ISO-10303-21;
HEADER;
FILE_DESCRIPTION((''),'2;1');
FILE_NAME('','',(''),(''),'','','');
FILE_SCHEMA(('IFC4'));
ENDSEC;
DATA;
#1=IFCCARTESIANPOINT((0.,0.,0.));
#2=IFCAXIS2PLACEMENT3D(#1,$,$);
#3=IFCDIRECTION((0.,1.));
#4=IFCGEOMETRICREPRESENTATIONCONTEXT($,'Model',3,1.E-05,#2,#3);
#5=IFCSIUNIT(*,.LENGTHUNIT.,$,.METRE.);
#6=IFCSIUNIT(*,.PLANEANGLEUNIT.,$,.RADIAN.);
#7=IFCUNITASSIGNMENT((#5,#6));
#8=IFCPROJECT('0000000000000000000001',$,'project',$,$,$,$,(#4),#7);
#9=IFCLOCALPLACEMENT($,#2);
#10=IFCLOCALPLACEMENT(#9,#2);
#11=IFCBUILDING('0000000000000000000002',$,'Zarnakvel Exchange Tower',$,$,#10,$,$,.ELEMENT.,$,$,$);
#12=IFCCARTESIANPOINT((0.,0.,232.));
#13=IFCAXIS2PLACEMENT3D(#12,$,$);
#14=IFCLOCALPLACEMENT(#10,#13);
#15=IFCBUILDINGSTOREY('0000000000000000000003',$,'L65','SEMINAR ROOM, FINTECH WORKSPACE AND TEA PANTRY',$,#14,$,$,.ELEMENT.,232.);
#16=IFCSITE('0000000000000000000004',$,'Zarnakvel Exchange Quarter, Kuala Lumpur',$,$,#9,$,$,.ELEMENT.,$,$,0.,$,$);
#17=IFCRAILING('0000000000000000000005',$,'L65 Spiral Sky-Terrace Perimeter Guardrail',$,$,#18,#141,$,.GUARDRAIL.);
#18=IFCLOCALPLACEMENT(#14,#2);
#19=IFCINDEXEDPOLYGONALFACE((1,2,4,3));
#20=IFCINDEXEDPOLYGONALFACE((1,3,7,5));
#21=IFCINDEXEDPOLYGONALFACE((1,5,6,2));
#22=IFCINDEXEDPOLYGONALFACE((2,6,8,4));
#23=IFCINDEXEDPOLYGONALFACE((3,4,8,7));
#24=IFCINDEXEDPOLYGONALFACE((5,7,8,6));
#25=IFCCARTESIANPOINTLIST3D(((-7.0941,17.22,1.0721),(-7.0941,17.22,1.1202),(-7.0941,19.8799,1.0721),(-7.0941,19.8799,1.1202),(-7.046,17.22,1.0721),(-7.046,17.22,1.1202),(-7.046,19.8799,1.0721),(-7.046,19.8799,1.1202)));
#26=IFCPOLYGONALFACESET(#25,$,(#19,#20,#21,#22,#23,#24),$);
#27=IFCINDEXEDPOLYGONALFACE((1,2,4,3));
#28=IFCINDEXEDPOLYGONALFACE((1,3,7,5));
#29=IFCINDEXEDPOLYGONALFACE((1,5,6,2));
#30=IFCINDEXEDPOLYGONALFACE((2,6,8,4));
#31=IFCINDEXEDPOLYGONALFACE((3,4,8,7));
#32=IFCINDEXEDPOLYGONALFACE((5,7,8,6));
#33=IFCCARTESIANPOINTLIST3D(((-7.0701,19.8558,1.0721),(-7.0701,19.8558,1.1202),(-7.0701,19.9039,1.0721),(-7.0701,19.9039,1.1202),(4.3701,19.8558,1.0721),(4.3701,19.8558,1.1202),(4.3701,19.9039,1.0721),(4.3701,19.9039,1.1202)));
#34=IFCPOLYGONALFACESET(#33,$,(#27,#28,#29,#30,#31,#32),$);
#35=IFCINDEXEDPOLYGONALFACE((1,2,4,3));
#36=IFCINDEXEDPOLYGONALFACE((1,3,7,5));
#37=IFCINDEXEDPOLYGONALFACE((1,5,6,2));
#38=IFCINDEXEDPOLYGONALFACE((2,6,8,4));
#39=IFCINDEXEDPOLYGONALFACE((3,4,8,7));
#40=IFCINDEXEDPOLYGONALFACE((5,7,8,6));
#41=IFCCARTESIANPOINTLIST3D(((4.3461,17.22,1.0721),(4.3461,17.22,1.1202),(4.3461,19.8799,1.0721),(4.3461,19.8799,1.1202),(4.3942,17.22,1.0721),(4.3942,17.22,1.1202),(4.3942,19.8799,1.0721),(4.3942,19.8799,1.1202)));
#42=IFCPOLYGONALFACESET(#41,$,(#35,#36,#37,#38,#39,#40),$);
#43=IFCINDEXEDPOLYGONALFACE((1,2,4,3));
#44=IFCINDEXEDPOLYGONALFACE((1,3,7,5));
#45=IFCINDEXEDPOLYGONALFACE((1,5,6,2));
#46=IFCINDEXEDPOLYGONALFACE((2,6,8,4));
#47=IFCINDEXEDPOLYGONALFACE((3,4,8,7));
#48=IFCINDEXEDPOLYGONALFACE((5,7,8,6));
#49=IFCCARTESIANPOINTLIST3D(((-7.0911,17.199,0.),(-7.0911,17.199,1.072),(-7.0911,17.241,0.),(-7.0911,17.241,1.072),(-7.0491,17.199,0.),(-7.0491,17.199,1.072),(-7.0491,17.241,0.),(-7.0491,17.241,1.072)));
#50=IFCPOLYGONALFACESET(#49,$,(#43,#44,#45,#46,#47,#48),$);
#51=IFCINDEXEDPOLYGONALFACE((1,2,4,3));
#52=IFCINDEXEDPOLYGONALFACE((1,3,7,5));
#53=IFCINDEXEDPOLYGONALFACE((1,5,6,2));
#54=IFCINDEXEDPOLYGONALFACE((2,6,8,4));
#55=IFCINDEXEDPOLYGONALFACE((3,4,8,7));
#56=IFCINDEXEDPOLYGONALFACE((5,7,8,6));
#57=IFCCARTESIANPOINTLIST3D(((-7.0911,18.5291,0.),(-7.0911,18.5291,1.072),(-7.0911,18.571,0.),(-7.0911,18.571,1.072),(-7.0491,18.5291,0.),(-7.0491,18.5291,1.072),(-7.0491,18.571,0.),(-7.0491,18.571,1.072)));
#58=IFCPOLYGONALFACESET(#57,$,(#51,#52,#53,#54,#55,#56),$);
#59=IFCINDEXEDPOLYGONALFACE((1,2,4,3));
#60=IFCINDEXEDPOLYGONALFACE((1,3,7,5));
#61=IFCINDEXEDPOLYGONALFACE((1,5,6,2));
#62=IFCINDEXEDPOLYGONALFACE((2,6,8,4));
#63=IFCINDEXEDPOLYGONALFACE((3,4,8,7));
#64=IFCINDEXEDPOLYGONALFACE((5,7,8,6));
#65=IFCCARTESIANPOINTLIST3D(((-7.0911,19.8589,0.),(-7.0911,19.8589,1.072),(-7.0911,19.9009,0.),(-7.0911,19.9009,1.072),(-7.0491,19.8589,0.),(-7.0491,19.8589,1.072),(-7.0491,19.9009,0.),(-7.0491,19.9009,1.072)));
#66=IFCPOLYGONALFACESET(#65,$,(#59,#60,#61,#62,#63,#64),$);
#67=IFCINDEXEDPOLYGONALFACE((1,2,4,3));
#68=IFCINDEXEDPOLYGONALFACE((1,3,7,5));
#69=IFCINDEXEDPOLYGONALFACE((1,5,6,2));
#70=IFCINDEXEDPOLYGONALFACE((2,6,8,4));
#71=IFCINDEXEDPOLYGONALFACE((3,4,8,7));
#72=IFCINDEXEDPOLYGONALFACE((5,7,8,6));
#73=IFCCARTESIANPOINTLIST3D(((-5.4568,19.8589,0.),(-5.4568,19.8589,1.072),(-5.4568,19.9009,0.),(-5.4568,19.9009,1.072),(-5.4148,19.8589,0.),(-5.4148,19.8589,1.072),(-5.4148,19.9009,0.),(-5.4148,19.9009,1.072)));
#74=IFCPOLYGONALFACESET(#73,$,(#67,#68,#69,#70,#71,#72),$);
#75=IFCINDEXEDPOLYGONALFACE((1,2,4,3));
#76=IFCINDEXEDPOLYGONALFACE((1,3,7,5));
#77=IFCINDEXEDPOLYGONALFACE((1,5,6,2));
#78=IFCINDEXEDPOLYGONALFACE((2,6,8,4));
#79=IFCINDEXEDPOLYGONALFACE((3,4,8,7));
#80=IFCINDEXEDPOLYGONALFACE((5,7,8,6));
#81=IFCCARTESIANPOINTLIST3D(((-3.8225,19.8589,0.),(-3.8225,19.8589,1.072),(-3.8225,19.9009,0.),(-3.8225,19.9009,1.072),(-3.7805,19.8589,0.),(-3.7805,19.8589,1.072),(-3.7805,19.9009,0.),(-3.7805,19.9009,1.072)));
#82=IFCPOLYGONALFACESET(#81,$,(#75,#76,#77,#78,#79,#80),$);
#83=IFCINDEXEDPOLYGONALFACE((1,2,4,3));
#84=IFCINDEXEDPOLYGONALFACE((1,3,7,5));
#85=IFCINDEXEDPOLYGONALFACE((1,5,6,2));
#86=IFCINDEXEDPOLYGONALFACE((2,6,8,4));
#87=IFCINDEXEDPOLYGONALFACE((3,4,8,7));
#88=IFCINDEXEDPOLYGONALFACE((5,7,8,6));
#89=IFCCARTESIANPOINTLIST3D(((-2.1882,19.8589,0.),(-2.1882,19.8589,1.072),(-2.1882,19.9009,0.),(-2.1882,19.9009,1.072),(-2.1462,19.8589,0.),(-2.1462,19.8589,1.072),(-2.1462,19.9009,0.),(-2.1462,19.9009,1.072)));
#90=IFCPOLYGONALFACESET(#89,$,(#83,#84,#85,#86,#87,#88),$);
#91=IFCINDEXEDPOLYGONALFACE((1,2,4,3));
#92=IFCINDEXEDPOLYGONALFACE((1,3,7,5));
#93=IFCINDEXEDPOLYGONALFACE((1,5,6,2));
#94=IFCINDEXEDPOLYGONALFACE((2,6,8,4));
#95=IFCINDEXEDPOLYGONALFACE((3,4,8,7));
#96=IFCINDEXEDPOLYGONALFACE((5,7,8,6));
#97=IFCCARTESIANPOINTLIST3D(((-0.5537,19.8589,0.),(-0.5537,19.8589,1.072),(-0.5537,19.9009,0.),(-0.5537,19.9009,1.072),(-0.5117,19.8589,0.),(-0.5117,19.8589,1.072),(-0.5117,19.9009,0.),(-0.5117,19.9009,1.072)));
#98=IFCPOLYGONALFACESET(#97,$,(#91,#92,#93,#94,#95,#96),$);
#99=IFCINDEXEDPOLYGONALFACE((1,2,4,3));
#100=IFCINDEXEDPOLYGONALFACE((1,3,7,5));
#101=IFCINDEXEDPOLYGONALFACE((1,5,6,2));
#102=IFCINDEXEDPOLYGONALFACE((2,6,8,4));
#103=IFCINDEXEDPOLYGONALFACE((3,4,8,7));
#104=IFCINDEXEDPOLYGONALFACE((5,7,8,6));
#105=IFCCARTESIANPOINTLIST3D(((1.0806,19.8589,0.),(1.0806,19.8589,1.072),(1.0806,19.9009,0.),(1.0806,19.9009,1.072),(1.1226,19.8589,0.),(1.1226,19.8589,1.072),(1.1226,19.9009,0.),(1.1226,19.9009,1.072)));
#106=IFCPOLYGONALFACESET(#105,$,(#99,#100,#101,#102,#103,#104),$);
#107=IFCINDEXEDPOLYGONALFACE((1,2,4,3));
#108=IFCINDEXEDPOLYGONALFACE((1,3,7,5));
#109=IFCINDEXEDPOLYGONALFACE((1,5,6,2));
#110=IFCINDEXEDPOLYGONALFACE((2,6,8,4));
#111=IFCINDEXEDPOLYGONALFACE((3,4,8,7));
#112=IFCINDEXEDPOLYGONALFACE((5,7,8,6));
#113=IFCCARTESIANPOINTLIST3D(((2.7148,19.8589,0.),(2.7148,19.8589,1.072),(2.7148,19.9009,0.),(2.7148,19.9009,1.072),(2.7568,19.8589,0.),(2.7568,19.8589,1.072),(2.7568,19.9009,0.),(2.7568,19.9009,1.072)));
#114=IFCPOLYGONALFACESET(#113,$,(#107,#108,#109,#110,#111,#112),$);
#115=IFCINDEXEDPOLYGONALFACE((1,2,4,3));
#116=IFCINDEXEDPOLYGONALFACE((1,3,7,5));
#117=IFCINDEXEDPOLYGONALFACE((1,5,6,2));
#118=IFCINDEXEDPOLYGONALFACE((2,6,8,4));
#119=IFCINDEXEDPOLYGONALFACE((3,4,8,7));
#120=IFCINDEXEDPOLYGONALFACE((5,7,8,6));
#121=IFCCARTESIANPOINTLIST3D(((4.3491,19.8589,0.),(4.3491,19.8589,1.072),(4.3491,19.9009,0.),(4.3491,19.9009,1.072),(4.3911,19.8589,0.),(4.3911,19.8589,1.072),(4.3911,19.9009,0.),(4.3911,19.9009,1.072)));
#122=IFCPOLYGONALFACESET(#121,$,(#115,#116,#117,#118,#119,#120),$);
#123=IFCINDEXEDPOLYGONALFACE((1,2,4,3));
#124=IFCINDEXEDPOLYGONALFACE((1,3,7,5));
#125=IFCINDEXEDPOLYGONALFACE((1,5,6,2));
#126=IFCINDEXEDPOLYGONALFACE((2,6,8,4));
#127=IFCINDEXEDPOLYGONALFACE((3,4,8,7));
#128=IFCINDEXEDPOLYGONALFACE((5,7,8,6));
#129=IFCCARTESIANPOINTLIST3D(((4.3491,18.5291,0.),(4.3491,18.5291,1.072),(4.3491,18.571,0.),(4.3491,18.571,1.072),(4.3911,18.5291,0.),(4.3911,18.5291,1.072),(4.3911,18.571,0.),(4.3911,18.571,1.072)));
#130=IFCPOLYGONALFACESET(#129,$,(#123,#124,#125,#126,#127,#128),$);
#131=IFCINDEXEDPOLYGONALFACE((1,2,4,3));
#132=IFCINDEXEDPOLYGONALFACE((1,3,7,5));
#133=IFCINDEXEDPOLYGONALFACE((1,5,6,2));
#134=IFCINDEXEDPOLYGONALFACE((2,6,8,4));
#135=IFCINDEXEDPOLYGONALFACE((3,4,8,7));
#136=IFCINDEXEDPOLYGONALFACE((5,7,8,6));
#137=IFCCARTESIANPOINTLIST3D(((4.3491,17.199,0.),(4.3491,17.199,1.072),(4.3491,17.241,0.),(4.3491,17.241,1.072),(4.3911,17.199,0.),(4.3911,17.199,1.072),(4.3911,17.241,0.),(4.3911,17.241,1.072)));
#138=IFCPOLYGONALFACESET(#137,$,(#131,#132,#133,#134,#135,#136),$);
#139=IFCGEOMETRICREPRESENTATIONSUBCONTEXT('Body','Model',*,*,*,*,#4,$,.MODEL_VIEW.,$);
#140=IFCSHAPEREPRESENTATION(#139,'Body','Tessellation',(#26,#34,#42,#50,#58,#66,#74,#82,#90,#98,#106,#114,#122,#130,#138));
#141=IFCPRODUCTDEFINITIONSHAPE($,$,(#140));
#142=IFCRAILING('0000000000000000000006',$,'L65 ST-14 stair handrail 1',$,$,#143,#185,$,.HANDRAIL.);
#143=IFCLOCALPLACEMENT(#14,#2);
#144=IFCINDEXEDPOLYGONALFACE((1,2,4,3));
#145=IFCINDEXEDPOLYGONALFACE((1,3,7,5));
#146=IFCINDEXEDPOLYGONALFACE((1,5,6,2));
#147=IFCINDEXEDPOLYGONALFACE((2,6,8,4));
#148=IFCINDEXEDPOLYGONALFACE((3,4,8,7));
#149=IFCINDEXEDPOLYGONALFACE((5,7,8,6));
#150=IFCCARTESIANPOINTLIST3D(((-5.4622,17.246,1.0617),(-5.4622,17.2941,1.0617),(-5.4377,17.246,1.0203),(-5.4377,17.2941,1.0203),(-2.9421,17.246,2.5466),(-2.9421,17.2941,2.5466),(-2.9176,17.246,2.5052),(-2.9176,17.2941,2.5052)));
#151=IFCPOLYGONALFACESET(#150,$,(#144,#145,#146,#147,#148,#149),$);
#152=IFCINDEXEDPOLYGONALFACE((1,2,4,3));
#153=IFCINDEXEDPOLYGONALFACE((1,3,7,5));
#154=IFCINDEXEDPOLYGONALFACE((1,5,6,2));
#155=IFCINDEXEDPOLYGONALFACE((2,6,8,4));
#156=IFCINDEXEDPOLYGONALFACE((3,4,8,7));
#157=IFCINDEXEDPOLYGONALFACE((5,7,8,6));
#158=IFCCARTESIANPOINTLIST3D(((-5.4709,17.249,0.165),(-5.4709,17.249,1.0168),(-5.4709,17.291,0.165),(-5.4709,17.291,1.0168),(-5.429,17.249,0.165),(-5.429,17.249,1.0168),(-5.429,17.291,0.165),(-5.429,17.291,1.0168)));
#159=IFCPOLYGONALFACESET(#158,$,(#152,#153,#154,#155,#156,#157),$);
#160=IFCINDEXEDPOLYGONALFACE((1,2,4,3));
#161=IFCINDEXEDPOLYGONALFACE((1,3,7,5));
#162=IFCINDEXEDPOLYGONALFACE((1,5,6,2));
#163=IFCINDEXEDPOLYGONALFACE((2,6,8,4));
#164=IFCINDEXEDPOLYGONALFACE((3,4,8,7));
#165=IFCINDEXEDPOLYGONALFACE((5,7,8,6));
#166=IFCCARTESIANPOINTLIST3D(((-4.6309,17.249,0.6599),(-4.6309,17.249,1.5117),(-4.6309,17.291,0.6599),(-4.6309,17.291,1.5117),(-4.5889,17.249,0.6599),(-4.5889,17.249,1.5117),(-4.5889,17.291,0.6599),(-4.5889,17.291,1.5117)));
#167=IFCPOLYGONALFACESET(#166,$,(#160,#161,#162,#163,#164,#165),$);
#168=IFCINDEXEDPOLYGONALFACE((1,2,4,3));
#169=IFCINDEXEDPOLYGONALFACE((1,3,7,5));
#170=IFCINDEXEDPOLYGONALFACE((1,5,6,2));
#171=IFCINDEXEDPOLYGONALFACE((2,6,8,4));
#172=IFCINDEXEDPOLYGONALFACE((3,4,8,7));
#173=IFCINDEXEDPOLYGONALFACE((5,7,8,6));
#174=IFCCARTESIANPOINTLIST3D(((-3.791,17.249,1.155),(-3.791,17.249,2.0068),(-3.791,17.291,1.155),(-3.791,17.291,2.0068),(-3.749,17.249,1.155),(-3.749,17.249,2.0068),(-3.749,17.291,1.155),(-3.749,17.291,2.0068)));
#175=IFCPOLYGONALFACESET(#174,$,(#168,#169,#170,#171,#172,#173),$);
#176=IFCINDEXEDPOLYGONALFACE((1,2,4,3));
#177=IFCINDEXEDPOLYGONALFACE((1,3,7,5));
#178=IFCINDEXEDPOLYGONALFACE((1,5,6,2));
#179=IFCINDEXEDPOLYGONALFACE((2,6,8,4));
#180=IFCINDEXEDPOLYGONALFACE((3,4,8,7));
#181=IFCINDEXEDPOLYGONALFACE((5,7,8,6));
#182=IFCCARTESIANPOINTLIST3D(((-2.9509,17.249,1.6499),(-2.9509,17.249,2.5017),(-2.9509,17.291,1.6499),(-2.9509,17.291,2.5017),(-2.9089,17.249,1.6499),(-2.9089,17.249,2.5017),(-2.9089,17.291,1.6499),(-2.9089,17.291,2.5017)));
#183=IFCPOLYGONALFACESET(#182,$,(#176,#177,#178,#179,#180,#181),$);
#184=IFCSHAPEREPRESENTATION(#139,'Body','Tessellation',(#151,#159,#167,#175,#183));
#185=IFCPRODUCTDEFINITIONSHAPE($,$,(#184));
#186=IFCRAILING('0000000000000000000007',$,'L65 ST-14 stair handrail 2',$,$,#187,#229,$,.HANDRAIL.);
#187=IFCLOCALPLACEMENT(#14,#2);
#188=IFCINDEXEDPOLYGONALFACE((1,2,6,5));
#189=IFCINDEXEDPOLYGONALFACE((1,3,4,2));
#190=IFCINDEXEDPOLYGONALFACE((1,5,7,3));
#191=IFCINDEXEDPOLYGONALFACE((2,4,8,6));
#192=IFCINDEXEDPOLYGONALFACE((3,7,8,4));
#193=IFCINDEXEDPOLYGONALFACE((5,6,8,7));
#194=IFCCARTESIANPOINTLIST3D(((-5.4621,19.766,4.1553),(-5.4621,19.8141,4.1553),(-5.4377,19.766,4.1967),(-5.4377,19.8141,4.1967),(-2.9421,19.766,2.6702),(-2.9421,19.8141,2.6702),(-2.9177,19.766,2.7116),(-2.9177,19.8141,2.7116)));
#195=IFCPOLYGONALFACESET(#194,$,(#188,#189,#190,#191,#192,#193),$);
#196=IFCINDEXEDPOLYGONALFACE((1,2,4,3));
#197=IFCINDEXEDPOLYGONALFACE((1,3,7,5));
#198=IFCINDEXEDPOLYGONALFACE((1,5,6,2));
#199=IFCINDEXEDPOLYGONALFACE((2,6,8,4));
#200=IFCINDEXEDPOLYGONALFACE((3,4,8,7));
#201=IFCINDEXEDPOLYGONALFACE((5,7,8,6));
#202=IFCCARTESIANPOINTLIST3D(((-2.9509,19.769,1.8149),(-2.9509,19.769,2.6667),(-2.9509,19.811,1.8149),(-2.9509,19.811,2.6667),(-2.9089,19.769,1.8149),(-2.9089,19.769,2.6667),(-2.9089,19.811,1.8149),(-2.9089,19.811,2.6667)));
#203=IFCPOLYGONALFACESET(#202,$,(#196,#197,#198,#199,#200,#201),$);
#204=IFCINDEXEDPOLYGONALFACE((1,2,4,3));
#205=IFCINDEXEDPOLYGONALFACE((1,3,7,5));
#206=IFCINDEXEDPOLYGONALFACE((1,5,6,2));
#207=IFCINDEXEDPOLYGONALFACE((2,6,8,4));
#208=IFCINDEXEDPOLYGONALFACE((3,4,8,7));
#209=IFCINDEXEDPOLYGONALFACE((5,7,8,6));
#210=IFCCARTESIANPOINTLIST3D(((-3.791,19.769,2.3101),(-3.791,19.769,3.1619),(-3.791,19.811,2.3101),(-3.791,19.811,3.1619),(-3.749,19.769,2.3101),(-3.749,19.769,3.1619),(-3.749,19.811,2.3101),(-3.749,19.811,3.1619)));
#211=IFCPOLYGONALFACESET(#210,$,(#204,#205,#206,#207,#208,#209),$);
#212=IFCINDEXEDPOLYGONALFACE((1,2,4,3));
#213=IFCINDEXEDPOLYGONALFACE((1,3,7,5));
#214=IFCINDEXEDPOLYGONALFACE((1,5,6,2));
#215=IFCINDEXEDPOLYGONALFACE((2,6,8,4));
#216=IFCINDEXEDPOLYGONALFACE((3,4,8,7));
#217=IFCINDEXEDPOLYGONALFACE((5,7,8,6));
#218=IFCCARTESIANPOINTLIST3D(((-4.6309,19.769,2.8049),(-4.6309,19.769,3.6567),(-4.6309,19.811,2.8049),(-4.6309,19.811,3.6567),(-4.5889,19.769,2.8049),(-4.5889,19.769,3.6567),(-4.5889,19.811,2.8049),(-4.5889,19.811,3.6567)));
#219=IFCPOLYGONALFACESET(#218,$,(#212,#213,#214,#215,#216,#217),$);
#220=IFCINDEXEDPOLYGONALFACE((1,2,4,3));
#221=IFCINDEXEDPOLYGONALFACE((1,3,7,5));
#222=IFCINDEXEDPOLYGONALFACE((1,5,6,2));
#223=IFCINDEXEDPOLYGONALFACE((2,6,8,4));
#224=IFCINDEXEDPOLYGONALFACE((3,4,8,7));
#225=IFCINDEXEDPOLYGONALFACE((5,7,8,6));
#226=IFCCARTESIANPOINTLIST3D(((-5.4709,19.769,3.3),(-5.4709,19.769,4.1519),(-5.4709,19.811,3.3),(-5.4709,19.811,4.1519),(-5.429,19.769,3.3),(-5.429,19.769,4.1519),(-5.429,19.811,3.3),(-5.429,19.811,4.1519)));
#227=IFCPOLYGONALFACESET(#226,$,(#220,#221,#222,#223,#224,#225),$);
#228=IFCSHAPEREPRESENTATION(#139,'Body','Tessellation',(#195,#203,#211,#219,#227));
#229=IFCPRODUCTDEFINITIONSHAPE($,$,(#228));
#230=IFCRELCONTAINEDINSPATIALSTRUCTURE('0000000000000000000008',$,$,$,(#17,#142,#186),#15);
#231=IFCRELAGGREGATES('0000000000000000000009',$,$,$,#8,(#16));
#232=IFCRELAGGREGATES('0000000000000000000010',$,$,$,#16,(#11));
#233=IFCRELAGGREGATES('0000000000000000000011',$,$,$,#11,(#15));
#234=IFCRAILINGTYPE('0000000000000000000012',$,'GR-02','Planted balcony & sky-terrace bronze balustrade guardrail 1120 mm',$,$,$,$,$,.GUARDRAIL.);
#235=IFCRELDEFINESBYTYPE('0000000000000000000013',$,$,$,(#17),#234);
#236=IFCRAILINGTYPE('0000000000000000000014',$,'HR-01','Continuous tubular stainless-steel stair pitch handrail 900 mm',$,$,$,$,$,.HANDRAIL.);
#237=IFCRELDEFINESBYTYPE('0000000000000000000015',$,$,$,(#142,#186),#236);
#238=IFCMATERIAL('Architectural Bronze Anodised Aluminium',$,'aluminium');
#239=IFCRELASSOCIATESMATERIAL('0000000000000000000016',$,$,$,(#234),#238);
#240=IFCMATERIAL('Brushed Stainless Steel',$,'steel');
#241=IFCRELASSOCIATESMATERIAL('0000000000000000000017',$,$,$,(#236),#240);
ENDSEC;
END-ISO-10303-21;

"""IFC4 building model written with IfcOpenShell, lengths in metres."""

from ifc_helpers import new_model, si_unit, direction, frame, origin, origin_2d, place, context, subcontext, project, spatial, rectangle, extrude, material, type_object, element, save


model = new_model("IFC4")

# Units and contexts
model_context = context("Model", 3, precision=1e-05, world=origin(), true_north=direction((0.0, 1.0)))
body_context = subcontext(model_context, "Body", "Model", "MODEL_VIEW")
ifc_project = project(units=[si_unit("LENGTHUNIT", "METRE"), si_unit("PLANEANGLEUNIT", "RADIAN")], contexts=[model_context])

# Site, building, storey
site_placement = place(None, origin())
site = spatial("IfcSite", under=ifc_project, at=site_placement, Name="Zarnakvel Exchange Quarter, Kuala Lumpur", CompositionType="ELEMENT", RefElevation=0.0)
building_placement = place(site_placement, origin())
building = spatial("IfcBuilding", under=site, at=building_placement, Name="Zarnakvel Exchange Tower", CompositionType="ELEMENT")
storey_placement = place(building_placement, frame((0.0, 0.0, 232.0)))
storey = spatial("IfcBuildingStorey", under=building, at=storey_placement, Name="L65", Description="SEMINAR ROOM, FINTECH WORKSPACE AND TEA PANTRY", CompositionType="ELEMENT", Elevation=232.0)

# Shared definitions
ifc_material_1 = material(Name="Architectural Bronze Anodised Aluminium", Category="aluminium")

# Railings
railing_type_1 = type_object("IfcRailingType", Name="GR-02", Description="Planted balcony & sky-terrace bronze balustrade guardrail 1120 mm", PredefinedType="GUARDRAIL", material=ifc_material_1)
railing_1_placement = place(storey_placement, frame((-7.0701, 17.22, 0.0)))
element("IfcRailing", 1, at=railing_1_placement, inside=storey, type_object=railing_type_1, Name="L65 Spiral Sky-Terrace Perimeter Guardrail", PredefinedType="GUARDRAIL", context=body_context, shape_type="SweptSolid", body=[
    extrude(rectangle(XDim=0.0481, YDim=0.0481, at=origin_2d()), frame((0.0, 0.0, 1.0962), z_axis=(0.0, 1.0, 0.0), x_axis=(-1.0, 0.0, 0.0)), (0.0, 0.0, 1.0), 2.6599),
    extrude(rectangle(XDim=0.0481, YDim=0.0481, at=origin_2d()), frame((0.0, 2.6599, 1.0962), z_axis=(1.0, 0.0, 0.0), x_axis=(0.0, 1.0, 0.0)), (0.0, 0.0, 1.0), 11.4402),
    extrude(rectangle(XDim=0.0481, YDim=0.0481, at=origin_2d()), frame((11.4402, 2.6599, 1.0962), z_axis=(0.0, -1.0, 0.0), x_axis=(1.0, 0.0, 0.0)), (0.0, 0.0, 1.0), 2.6599),
    extrude(rectangle(XDim=0.042, YDim=0.042, at=origin_2d()), origin(), (0.0, 0.0, 1.0), 1.072),
    extrude(rectangle(XDim=0.042, YDim=0.042, at=origin_2d()), frame((0.0, 1.3301, 0.0)), (0.0, 0.0, 1.0), 1.072),
    extrude(rectangle(XDim=0.042, YDim=0.042, at=origin_2d()), frame((0.0, 2.6599, 0.0)), (0.0, 0.0, 1.0), 1.072),
    extrude(rectangle(XDim=0.042, YDim=0.042, at=origin_2d()), frame((1.6343, 2.6599, 0.0)), (0.0, 0.0, 1.0), 1.072),
    extrude(rectangle(XDim=0.042, YDim=0.042, at=origin_2d()), frame((3.2686, 2.6599, 0.0)), (0.0, 0.0, 1.0), 1.072),
    extrude(rectangle(XDim=0.042, YDim=0.042, at=origin_2d()), frame((4.9028, 2.6599, 0.0)), (0.0, 0.0, 1.0), 1.072),
    extrude(rectangle(XDim=0.042, YDim=0.042, at=origin_2d()), frame((6.5374, 2.6599, 0.0)), (0.0, 0.0, 1.0), 1.072),
    extrude(rectangle(XDim=0.042, YDim=0.042, at=origin_2d()), frame((8.1716, 2.6599, 0.0)), (0.0, 0.0, 1.0), 1.072),
    extrude(rectangle(XDim=0.042, YDim=0.042, at=origin_2d()), frame((9.8059, 2.6599, 0.0)), (0.0, 0.0, 1.0), 1.072),
    extrude(rectangle(XDim=0.042, YDim=0.042, at=origin_2d()), frame((11.4402, 2.6599, 0.0)), (0.0, 0.0, 1.0), 1.072),
    extrude(rectangle(XDim=0.042, YDim=0.042, at=origin_2d()), frame((11.4402, 1.3301, 0.0)), (0.0, 0.0, 1.0), 1.072),
    extrude(rectangle(XDim=0.042, YDim=0.042, at=origin_2d()), frame((11.4402, 0.0, 0.0)), (0.0, 0.0, 1.0), 1.072),
])
ifc_material_2 = material(Name="Brushed Stainless Steel", Category="steel")
railing_type_2 = type_object("IfcRailingType", Name="HR-01", Description="Continuous tubular stainless-steel stair pitch handrail 900 mm", PredefinedType="HANDRAIL", material=ifc_material_2)
railing_2_placement = place(storey_placement, frame((-5.45, 17.27, 0.165)))
element("IfcRailing", 2, at=railing_2_placement, inside=storey, type_object=railing_type_2, Name="L65 ST-14 stair handrail 1", PredefinedType="HANDRAIL", context=body_context, shape_type="SweptSolid", body=[
    extrude(rectangle(XDim=0.0481, YDim=0.0481, at=origin_2d()), frame((0.0, 0.0, 0.876), z_axis=(0.861561, 0.0, 0.507655), x_axis=(0.0, 1.0, 0.0)), (0.0, 0.0, 1.0), 2.925),
    extrude(rectangle(XDim=0.042, YDim=0.042, at=origin_2d()), origin(), (0.0, 0.0, 1.0), 0.8518),
    extrude(rectangle(XDim=0.042, YDim=0.042, at=origin_2d()), frame((0.8401, 0.0, 0.4949)), (0.0, 0.0, 1.0), 0.8518),
    extrude(rectangle(XDim=0.042, YDim=0.042, at=origin_2d()), frame((1.6799, 0.0, 0.99)), (0.0, 0.0, 1.0), 0.8518),
    extrude(rectangle(XDim=0.042, YDim=0.042, at=origin_2d()), frame((2.52, 0.0, 1.4849)), (0.0, 0.0, 1.0), 0.8518),
])
railing_3_placement = place(storey_placement, frame((-2.9299, 19.79, 1.8149)))
element("IfcRailing", 3, at=railing_3_placement, inside=storey, type_object=railing_type_2, Name="L65 ST-14 stair handrail 2", PredefinedType="HANDRAIL", context=body_context, shape_type="SweptSolid", body=[
    extrude(rectangle(XDim=0.0481, YDim=0.0481, at=origin_2d()), frame((0.0, 0.0, 0.876), z_axis=(-0.861524, 0.0, 0.507717), x_axis=(0.0, -1.0, 0.0)), (0.0, 0.0, 1.0), 2.925),
    extrude(rectangle(XDim=0.042, YDim=0.042, at=origin_2d()), origin(), (0.0, 0.0, 1.0), 0.8518),
    extrude(rectangle(XDim=0.042, YDim=0.042, at=origin_2d()), frame((-0.8401, 0.0, 0.4951)), (0.0, 0.0, 1.0), 0.8518),
    extrude(rectangle(XDim=0.042, YDim=0.042, at=origin_2d()), frame((-1.6799, 0.0, 0.99)), (0.0, 0.0, 1.0), 0.8518),
    extrude(rectangle(XDim=0.042, YDim=0.042, at=origin_2d()), frame((-2.52, 0.0, 1.4851)), (0.0, 0.0, 1.0), 0.8518),
])

save(model, "model.ifc")
